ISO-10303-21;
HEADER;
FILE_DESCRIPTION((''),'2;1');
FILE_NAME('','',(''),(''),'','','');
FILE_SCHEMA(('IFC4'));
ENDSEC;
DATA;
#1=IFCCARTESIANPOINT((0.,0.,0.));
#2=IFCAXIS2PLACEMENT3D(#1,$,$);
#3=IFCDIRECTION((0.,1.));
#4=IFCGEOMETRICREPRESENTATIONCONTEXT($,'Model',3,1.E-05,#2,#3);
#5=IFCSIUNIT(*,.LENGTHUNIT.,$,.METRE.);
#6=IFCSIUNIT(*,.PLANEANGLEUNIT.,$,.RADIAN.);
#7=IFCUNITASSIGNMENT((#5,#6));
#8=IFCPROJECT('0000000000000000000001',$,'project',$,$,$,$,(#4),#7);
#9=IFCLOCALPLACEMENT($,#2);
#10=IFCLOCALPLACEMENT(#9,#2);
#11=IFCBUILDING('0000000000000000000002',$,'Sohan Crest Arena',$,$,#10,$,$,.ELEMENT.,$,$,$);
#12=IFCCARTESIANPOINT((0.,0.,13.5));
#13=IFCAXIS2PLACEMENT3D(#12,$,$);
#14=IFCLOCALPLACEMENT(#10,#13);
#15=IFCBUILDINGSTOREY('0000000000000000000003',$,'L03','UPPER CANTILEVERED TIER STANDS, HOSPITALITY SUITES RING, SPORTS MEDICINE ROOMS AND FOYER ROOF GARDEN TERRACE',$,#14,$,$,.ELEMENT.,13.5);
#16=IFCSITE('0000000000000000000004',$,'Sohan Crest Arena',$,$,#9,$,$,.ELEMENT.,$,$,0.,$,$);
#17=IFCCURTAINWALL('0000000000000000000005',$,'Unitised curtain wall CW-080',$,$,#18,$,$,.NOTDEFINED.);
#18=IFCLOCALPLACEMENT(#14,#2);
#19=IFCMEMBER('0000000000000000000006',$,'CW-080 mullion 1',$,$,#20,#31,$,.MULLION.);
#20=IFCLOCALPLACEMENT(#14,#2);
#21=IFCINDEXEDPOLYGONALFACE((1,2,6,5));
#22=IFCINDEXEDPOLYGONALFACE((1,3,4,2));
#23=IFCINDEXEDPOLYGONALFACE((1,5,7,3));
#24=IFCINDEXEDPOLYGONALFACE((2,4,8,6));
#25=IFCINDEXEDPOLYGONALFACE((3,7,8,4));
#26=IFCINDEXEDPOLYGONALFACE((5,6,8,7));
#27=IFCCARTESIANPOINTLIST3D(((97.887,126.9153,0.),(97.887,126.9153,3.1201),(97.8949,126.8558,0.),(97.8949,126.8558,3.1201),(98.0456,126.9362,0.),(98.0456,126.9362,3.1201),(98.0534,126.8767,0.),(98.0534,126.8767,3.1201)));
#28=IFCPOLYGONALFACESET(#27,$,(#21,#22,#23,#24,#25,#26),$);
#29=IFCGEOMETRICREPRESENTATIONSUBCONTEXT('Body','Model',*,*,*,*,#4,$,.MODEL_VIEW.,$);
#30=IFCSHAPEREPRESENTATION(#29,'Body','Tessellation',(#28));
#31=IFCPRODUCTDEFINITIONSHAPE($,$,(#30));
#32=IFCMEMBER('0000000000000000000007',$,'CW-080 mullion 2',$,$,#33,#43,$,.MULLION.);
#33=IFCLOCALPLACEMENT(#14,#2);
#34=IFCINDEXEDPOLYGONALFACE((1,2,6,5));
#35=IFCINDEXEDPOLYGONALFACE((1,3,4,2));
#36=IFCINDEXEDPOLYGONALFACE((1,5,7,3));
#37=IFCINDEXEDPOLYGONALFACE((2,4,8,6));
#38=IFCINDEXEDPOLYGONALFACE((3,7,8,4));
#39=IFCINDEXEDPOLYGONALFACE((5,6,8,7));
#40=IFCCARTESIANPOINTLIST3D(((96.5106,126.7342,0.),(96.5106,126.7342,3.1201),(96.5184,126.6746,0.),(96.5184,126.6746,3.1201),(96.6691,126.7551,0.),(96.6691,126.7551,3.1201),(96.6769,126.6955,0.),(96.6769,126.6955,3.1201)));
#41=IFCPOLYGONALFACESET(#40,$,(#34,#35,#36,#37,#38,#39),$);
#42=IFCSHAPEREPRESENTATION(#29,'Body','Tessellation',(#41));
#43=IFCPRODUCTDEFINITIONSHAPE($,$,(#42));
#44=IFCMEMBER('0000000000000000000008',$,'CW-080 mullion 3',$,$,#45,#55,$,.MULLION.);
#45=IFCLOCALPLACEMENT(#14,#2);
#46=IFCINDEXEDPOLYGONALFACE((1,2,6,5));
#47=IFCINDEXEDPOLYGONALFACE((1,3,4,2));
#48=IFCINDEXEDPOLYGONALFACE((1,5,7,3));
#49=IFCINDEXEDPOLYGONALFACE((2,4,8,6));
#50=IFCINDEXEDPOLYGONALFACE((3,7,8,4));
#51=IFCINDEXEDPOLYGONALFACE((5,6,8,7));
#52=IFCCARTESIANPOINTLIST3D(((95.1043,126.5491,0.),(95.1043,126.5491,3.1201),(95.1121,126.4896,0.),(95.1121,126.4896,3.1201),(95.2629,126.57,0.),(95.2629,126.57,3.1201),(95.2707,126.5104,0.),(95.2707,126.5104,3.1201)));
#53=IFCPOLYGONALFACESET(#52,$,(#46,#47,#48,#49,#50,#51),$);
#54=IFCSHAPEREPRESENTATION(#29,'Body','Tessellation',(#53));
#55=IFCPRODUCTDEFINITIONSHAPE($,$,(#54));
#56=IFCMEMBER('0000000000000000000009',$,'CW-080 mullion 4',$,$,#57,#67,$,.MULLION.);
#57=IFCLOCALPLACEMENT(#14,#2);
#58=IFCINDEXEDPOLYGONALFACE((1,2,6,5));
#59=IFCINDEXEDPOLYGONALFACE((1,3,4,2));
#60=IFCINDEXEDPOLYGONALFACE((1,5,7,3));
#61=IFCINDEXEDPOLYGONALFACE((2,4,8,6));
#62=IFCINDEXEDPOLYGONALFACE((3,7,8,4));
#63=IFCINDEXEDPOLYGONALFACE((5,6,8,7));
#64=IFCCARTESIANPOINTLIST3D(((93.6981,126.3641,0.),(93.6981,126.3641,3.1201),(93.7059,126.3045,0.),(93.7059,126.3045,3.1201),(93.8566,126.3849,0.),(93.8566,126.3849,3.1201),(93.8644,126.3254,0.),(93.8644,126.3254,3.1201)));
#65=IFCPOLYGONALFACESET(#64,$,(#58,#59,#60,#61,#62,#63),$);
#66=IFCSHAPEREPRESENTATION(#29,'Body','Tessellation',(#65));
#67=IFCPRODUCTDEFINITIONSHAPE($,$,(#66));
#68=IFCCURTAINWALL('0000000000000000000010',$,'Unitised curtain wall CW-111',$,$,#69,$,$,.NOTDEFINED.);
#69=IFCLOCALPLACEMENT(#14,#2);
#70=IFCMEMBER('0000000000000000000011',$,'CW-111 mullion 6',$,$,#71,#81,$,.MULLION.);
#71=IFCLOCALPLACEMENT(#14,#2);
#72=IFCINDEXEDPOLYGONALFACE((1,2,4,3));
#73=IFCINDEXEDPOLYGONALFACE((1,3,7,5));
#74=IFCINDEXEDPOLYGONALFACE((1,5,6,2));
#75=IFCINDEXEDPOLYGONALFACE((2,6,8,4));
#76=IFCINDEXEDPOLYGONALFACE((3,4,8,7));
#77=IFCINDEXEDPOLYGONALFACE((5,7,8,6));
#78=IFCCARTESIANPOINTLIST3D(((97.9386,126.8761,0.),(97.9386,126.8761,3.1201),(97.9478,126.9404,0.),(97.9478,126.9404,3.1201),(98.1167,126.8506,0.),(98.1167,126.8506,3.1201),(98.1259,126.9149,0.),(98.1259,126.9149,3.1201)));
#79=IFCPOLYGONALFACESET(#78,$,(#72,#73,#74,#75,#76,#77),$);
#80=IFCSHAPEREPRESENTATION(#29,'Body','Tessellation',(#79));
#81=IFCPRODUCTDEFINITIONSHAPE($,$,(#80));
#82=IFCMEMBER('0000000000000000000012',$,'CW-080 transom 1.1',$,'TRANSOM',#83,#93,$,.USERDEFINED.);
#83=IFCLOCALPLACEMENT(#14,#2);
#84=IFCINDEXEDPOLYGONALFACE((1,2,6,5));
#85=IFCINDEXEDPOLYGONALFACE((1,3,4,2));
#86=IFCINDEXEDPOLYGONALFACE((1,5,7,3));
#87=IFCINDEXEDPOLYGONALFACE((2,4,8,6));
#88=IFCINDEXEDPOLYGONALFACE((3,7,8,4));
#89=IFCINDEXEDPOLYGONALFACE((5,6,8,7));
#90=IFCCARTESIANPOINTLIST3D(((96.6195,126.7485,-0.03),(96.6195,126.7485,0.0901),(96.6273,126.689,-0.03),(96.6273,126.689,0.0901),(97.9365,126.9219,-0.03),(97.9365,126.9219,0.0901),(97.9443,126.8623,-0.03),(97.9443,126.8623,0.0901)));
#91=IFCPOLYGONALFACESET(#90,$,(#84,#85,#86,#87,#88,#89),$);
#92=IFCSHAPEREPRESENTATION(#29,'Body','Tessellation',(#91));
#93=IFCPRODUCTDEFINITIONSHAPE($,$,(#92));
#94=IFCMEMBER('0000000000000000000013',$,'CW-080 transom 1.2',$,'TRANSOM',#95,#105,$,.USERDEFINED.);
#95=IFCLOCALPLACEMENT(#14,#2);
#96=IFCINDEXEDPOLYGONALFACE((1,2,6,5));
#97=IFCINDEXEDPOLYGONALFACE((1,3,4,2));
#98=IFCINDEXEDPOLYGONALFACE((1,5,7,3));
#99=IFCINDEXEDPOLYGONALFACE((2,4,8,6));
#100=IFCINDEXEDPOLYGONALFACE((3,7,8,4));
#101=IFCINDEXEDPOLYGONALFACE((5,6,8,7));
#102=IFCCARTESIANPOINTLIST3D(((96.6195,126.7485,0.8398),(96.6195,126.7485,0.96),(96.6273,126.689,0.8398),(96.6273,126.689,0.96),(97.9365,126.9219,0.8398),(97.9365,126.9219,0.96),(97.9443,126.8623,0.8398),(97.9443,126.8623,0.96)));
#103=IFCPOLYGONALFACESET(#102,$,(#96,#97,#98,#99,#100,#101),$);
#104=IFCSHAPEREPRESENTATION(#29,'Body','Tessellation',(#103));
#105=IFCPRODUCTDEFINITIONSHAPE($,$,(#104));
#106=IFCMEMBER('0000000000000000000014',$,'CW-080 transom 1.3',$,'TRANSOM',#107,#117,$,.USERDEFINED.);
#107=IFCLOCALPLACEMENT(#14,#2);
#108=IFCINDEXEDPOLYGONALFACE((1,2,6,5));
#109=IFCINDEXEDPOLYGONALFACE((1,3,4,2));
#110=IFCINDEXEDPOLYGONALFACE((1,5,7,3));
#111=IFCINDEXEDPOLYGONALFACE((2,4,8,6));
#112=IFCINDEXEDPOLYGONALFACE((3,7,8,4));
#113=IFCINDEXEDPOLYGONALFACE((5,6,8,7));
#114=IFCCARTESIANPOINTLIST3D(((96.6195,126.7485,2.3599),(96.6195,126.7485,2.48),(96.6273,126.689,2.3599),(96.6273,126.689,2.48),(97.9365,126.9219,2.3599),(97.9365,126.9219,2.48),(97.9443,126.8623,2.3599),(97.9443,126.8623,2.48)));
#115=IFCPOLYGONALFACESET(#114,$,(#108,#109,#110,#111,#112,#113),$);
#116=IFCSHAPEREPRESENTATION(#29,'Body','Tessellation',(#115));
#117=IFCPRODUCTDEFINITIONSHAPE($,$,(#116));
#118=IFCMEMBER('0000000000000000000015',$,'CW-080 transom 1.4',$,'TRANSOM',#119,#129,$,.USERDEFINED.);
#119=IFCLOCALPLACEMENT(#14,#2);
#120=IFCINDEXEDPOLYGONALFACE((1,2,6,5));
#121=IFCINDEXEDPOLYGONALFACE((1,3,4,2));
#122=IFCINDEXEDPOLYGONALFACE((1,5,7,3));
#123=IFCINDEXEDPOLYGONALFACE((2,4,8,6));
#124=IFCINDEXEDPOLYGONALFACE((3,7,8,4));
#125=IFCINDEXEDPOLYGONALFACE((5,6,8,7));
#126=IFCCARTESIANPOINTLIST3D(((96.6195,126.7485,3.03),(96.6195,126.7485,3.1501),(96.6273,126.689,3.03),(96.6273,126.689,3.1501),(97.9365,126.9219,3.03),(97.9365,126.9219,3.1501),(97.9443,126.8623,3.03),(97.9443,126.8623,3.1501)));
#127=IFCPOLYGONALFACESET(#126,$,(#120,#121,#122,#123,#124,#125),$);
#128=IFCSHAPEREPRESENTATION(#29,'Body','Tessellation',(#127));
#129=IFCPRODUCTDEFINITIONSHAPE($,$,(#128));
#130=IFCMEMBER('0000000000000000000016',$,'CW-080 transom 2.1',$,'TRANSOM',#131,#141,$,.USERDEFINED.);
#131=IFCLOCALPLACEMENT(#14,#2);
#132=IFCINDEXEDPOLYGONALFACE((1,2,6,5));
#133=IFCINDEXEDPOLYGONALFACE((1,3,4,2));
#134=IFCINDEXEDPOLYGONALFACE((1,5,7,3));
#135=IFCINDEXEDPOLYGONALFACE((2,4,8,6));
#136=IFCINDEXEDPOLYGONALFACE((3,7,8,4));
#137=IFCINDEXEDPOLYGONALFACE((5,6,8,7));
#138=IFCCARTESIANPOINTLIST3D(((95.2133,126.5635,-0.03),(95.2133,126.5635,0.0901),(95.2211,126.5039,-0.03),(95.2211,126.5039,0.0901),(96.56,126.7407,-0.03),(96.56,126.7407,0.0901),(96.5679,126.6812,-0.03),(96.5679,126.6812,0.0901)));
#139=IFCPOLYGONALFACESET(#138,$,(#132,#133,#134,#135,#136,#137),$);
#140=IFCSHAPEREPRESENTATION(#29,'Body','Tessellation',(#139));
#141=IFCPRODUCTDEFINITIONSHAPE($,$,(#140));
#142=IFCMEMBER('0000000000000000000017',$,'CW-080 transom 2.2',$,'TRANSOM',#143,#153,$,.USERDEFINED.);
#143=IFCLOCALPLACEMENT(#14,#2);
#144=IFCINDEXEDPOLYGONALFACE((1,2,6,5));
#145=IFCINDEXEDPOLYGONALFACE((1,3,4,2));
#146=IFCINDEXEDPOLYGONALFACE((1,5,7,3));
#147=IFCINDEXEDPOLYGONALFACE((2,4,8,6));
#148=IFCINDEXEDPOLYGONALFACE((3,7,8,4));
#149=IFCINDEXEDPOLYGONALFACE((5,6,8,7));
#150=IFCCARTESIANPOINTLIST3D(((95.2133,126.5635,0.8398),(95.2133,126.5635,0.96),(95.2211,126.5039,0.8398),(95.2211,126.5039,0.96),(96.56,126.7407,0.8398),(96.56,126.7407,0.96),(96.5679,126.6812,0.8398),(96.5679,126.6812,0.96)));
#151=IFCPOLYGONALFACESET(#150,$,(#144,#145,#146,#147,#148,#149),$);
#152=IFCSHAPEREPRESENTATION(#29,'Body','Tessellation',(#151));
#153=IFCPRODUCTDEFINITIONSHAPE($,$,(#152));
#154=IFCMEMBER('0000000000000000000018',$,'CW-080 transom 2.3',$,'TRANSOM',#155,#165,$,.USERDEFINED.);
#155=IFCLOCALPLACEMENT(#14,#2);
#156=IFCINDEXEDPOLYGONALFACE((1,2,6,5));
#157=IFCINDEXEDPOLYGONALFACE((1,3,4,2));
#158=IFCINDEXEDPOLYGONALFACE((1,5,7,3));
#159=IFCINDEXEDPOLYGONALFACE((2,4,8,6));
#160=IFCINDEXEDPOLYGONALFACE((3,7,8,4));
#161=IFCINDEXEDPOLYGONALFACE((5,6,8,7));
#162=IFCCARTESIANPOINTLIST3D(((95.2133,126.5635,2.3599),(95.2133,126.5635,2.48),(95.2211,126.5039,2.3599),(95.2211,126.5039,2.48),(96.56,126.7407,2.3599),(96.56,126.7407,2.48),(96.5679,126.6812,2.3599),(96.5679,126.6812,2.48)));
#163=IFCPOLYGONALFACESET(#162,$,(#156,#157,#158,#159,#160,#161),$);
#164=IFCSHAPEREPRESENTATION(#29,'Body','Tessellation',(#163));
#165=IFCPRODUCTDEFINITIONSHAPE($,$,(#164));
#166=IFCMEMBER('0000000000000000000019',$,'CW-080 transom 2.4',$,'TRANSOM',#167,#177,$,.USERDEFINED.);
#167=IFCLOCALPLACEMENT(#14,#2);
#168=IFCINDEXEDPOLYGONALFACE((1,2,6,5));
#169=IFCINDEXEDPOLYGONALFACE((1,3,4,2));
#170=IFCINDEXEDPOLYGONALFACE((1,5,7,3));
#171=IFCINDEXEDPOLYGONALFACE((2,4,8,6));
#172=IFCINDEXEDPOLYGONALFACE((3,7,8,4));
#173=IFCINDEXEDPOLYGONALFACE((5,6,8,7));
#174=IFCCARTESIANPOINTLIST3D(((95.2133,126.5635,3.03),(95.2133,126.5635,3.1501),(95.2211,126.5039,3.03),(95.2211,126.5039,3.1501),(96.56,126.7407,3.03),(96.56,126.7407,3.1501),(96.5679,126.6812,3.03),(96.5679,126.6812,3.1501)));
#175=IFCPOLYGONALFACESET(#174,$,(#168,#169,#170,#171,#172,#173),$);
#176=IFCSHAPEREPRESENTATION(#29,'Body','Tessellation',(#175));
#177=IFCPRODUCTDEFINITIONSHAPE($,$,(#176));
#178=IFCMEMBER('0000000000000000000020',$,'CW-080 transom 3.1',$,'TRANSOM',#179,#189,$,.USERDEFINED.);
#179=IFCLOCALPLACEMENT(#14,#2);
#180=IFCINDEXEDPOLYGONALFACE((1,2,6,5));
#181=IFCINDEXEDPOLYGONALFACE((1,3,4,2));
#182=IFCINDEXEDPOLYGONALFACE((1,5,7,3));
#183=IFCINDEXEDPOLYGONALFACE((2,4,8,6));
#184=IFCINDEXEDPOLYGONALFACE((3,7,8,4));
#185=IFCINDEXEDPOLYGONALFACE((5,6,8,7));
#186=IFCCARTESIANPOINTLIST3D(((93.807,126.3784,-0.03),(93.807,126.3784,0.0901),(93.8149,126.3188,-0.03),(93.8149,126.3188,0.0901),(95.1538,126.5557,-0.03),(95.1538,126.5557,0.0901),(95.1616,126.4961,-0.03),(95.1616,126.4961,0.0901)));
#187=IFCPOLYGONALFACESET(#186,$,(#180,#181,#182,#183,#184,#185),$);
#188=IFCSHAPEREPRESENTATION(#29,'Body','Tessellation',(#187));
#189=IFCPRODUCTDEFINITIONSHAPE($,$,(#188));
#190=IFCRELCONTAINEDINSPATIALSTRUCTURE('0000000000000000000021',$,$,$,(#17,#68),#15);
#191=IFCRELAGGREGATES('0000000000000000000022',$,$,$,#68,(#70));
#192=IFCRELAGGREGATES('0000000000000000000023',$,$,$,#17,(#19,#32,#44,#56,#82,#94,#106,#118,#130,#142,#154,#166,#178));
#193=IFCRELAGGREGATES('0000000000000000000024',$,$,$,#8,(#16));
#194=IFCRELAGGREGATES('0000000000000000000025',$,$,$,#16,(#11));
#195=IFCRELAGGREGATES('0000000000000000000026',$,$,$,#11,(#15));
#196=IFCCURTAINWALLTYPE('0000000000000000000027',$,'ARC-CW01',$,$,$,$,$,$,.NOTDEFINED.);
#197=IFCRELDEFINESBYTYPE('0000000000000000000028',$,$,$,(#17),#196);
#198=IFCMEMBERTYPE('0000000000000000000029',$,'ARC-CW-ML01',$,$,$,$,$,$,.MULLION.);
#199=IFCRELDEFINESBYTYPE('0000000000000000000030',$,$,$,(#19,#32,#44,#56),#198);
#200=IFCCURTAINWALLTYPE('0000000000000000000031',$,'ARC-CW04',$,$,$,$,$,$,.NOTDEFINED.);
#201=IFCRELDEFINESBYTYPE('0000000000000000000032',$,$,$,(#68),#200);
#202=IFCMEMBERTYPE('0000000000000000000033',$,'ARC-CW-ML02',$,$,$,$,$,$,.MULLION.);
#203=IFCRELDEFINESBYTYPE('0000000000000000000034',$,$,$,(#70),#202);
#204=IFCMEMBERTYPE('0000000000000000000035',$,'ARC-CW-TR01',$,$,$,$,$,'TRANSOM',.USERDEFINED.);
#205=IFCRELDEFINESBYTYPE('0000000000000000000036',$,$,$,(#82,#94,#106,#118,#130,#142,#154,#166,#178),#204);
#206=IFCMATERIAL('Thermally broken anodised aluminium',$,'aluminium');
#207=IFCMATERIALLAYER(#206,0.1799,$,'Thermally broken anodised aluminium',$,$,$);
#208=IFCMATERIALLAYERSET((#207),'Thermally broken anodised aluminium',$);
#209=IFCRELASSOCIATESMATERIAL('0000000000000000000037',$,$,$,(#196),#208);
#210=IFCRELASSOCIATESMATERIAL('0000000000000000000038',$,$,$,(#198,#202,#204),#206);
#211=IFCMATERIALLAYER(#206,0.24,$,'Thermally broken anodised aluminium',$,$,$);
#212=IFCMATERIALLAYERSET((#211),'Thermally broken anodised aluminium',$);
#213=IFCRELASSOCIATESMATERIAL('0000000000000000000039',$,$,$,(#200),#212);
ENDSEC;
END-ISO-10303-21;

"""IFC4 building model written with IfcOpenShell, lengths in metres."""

from ifc_helpers import new_model, si_unit, direction, frame, origin, origin_2d, place, context, subcontext, project, spatial, rectangle, extrude, material, layer, layer_set, material_profile, profile_set, type_object, element, aggregate, save


model = new_model("IFC4")

# Units and contexts
model_context = context("Model", 3, precision=1e-05, world=origin(), true_north=direction((0.0, 1.0)))
body_context = subcontext(model_context, "Body", "Model", "MODEL_VIEW")
ifc_project = project(units=[si_unit("LENGTHUNIT", "METRE"), si_unit("PLANEANGLEUNIT", "RADIAN")], contexts=[model_context])

# Site, building, storey
site_placement = place(None, origin())
site = spatial("IfcSite", under=ifc_project, at=site_placement, Name="Sohan Crest Arena", CompositionType="ELEMENT", RefElevation=0.0)
building_placement = place(site_placement, origin())
building = spatial("IfcBuilding", under=site, at=building_placement, Name="Sohan Crest Arena", CompositionType="ELEMENT")
storey_placement = place(building_placement, frame((0.0, 0.0, 13.5)))
storey = spatial("IfcBuildingStorey", under=building, at=storey_placement, Name="L03", Description="UPPER CANTILEVERED TIER STANDS, HOSPITALITY SUITES RING, SPORTS MEDICINE ROOMS AND FOYER ROOF GARDEN TERRACE", CompositionType="ELEMENT", Elevation=13.5)

# Curtain wall, members
ifc_material_1 = material(Name="Thermally broken anodised aluminium", Category="aluminium")
ifc_layer_1 = layer(ifc_material_1, 0.1799, Name="Thermally broken anodised aluminium")
ifc_layer_set_1 = layer_set([ifc_layer_1], Name="Thermally broken anodised aluminium")
curtain_wall_type_1 = type_object("IfcCurtainWallType", Name="ARC-CW01", PredefinedType="NOTDEFINED", material=ifc_layer_set_1)
curtain_wall_1_placement = place(storey_placement, origin())
curtain_wall_1 = element("IfcCurtainWall", 1, at=curtain_wall_1_placement, inside=storey, type_object=curtain_wall_type_1, Name="Unitised curtain wall CW-080", PredefinedType="NOTDEFINED")
ifc_material_profile_1 = material_profile(ifc_material_1, rectangle(XDim=0.0601, YDim=0.1599, at=origin_2d()), Name="ALU-MULL 60x160")
ifc_profile_set_1 = profile_set([ifc_material_profile_1], Name="Thermally broken anodised aluminium")
member_type_1 = type_object("IfcMemberType", Name="ARC-CW-ML01", PredefinedType="MULLION", material=ifc_profile_set_1)
member_1_placement = place(storey_placement, frame((97.9702, 126.896, 0.0), z_axis=(0.0, 0.0, 1.0), x_axis=(0.130511, -0.991447, 0.0)))
member_1 = element("IfcMember", 2, at=member_1_placement, type_object=member_type_1, Name="CW-080 mullion 1", PredefinedType="MULLION", context=body_context, shape_type="SweptSolid", body=[
    extrude(rectangle(XDim=0.0601, YDim=0.1599, at=origin_2d()), origin(), (0.0, 0.0, 1.0), 3.1201),
])
member_2_placement = place(storey_placement, frame((96.5938, 126.7148, 0.0), z_axis=(0.0, 0.0, 1.0), x_axis=(0.130511, -0.991447, 0.0)))
member_2 = element("IfcMember", 3, at=member_2_placement, type_object=member_type_1, Name="CW-080 mullion 2", PredefinedType="MULLION", context=body_context, shape_type="SweptSolid", body=[
    extrude(rectangle(XDim=0.0601, YDim=0.1599, at=origin_2d()), origin(), (0.0, 0.0, 1.0), 3.1201),
])
member_3_placement = place(storey_placement, frame((95.1875, 126.5298, 0.0), z_axis=(0.0, 0.0, 1.0), x_axis=(0.130511, -0.991447, 0.0)))
member_3 = element("IfcMember", 4, at=member_3_placement, type_object=member_type_1, Name="CW-080 mullion 3", PredefinedType="MULLION", context=body_context, shape_type="SweptSolid", body=[
    extrude(rectangle(XDim=0.0601, YDim=0.1599, at=origin_2d()), origin(), (0.0, 0.0, 1.0), 3.1201),
])
member_4_placement = place(storey_placement, frame((93.7812, 126.3447, 0.0), z_axis=(0.0, 0.0, 1.0), x_axis=(0.130511, -0.991447, 0.0)))
member_4 = element("IfcMember", 5, at=member_4_placement, type_object=member_type_1, Name="CW-080 mullion 4", PredefinedType="MULLION", context=body_context, shape_type="SweptSolid", body=[
    extrude(rectangle(XDim=0.0601, YDim=0.1599, at=origin_2d()), origin(), (0.0, 0.0, 1.0), 3.1201),
])

# Curtain wall, member
ifc_layer_2 = layer(ifc_material_1, 0.24, Name="Thermally broken anodised aluminium")
ifc_layer_set_2 = layer_set([ifc_layer_2], Name="Thermally broken anodised aluminium")
curtain_wall_type_2 = type_object("IfcCurtainWallType", Name="ARC-CW04", PredefinedType="NOTDEFINED", material=ifc_layer_set_2)
curtain_wall_2_placement = place(storey_placement, origin())
curtain_wall_2 = element("IfcCurtainWall", 6, at=curtain_wall_2_placement, inside=storey, type_object=curtain_wall_type_2, Name="Unitised curtain wall CW-111", PredefinedType="NOTDEFINED")
ifc_material_profile_2 = material_profile(ifc_material_1, rectangle(XDim=0.0649, YDim=0.1799, at=origin_2d()), Name="ALU-MULL 65x180")
ifc_profile_set_2 = profile_set([ifc_material_profile_2], Name="Thermally broken anodised aluminium")
member_type_2 = type_object("IfcMemberType", Name="ARC-CW-ML02", PredefinedType="MULLION", material=ifc_profile_set_2)
member_5_placement = place(storey_placement, frame((98.0322, 126.8955, 0.0), z_axis=(0.0, 0.0, 1.0), x_axis=(-0.141463, -0.989944, 0.0)))
member_5 = element("IfcMember", 7, at=member_5_placement, type_object=member_type_2, Name="CW-111 mullion 6", PredefinedType="MULLION", context=body_context, shape_type="SweptSolid", body=[
    extrude(rectangle(XDim=0.0649, YDim=0.1799, at=origin_2d()), origin(), (0.0, 0.0, 1.0), 3.1201),
])
aggregate(curtain_wall_2, [member_5])

# Members
ifc_material_profile_3 = material_profile(ifc_material_1, rectangle(XDim=0.0601, YDim=0.1201, at=origin_2d()), Name="ALU-TRAN 60x120")
ifc_profile_set_3 = profile_set([ifc_material_profile_3], Name="Thermally broken anodised aluminium")
member_type_3 = type_object("IfcMemberType", Name="ARC-CW-TR01", ElementType="TRANSOM", PredefinedType="USERDEFINED", material=ifc_profile_set_3)
member_6_placement = place(storey_placement, frame((97.9404, 126.8921, 0.03), z_axis=(-0.991448, -0.130502, 0.0), x_axis=(0.130502, -0.991448, 0.0)))
member_6 = element("IfcMember", 8, at=member_6_placement, type_object=member_type_3, Name="CW-080 transom 1.1", ObjectType="TRANSOM", PredefinedType="USERDEFINED", context=body_context, shape_type="SweptSolid", body=[
    extrude(rectangle(XDim=0.0601, YDim=0.1201, at=origin_2d()), origin(), (0.0, 0.0, 1.0), 1.3284),
])
member_7_placement = place(storey_placement, frame((97.9404, 126.8921, 0.8999), z_axis=(-0.991448, -0.130502, 0.0), x_axis=(0.130502, -0.991448, 0.0)))
member_7 = element("IfcMember", 9, at=member_7_placement, type_object=member_type_3, Name="CW-080 transom 1.2", ObjectType="TRANSOM", PredefinedType="USERDEFINED", context=body_context, shape_type="SweptSolid", body=[
    extrude(rectangle(XDim=0.0601, YDim=0.1201, at=origin_2d()), origin(), (0.0, 0.0, 1.0), 1.3284),
])
member_8_placement = place(storey_placement, frame((97.9404, 126.8921, 2.4199), z_axis=(-0.991448, -0.130502, 0.0), x_axis=(0.130502, -0.991448, 0.0)))
member_8 = element("IfcMember", 10, at=member_8_placement, type_object=member_type_3, Name="CW-080 transom 1.3", ObjectType="TRANSOM", PredefinedType="USERDEFINED", context=body_context, shape_type="SweptSolid", body=[
    extrude(rectangle(XDim=0.0601, YDim=0.1201, at=origin_2d()), origin(), (0.0, 0.0, 1.0), 1.3284),
])
member_9_placement = place(storey_placement, frame((97.9404, 126.8921, 3.0901), z_axis=(-0.991448, -0.130502, 0.0), x_axis=(0.130502, -0.991448, 0.0)))
member_9 = element("IfcMember", 11, at=member_9_placement, type_object=member_type_3, Name="CW-080 transom 1.4", ObjectType="TRANSOM", PredefinedType="USERDEFINED", context=body_context, shape_type="SweptSolid", body=[
    extrude(rectangle(XDim=0.0601, YDim=0.1201, at=origin_2d()), origin(), (0.0, 0.0, 1.0), 1.3284),
])
member_10_placement = place(storey_placement, frame((96.564, 126.7109, 0.03), z_axis=(-0.991449, -0.130492, 0.0), x_axis=(0.130492, -0.991449, 0.0)))
member_10 = element("IfcMember", 12, at=member_10_placement, type_object=member_type_3, Name="CW-080 transom 2.1", ObjectType="TRANSOM", PredefinedType="USERDEFINED", context=body_context, shape_type="SweptSolid", body=[
    extrude(rectangle(XDim=0.0601, YDim=0.1201, at=origin_2d()), origin(), (0.0, 0.0, 1.0), 1.3584),
])
member_11_placement = place(storey_placement, frame((96.564, 126.7109, 0.8999), z_axis=(-0.991449, -0.130492, 0.0), x_axis=(0.130492, -0.991449, 0.0)))
member_11 = element("IfcMember", 13, at=member_11_placement, type_object=member_type_3, Name="CW-080 transom 2.2", ObjectType="TRANSOM", PredefinedType="USERDEFINED", context=body_context, shape_type="SweptSolid", body=[
    extrude(rectangle(XDim=0.0601, YDim=0.1201, at=origin_2d()), origin(), (0.0, 0.0, 1.0), 1.3584),
])
member_12_placement = place(storey_placement, frame((96.564, 126.7109, 2.4199), z_axis=(-0.991449, -0.130492, 0.0), x_axis=(0.130492, -0.991449, 0.0)))
member_12 = element("IfcMember", 14, at=member_12_placement, type_object=member_type_3, Name="CW-080 transom 2.3", ObjectType="TRANSOM", PredefinedType="USERDEFINED", context=body_context, shape_type="SweptSolid", body=[
    extrude(rectangle(XDim=0.0601, YDim=0.1201, at=origin_2d()), origin(), (0.0, 0.0, 1.0), 1.3584),
])
member_13_placement = place(storey_placement, frame((96.564, 126.7109, 3.0901), z_axis=(-0.991449, -0.130492, 0.0), x_axis=(0.130492, -0.991449, 0.0)))
member_13 = element("IfcMember", 15, at=member_13_placement, type_object=member_type_3, Name="CW-080 transom 2.4", ObjectType="TRANSOM", PredefinedType="USERDEFINED", context=body_context, shape_type="SweptSolid", body=[
    extrude(rectangle(XDim=0.0601, YDim=0.1201, at=origin_2d()), origin(), (0.0, 0.0, 1.0), 1.3584),
])
member_14_placement = place(storey_placement, frame((95.1577, 126.5259, 0.03), z_axis=(-0.991449, -0.130492, 0.0), x_axis=(0.130492, -0.991449, 0.0)))
member_14 = element("IfcMember", 16, at=member_14_placement, type_object=member_type_3, Name="CW-080 transom 3.1", ObjectType="TRANSOM", PredefinedType="USERDEFINED", context=body_context, shape_type="SweptSolid", body=[
    extrude(rectangle(XDim=0.0601, YDim=0.1201, at=origin_2d()), origin(), (0.0, 0.0, 1.0), 1.3584),
])

aggregate(curtain_wall_1, [member_1, member_2, member_3, member_4, member_6, member_7, member_8, member_9, member_10, member_11, member_12, member_13, member_14])

save(model, "model.ifc")
